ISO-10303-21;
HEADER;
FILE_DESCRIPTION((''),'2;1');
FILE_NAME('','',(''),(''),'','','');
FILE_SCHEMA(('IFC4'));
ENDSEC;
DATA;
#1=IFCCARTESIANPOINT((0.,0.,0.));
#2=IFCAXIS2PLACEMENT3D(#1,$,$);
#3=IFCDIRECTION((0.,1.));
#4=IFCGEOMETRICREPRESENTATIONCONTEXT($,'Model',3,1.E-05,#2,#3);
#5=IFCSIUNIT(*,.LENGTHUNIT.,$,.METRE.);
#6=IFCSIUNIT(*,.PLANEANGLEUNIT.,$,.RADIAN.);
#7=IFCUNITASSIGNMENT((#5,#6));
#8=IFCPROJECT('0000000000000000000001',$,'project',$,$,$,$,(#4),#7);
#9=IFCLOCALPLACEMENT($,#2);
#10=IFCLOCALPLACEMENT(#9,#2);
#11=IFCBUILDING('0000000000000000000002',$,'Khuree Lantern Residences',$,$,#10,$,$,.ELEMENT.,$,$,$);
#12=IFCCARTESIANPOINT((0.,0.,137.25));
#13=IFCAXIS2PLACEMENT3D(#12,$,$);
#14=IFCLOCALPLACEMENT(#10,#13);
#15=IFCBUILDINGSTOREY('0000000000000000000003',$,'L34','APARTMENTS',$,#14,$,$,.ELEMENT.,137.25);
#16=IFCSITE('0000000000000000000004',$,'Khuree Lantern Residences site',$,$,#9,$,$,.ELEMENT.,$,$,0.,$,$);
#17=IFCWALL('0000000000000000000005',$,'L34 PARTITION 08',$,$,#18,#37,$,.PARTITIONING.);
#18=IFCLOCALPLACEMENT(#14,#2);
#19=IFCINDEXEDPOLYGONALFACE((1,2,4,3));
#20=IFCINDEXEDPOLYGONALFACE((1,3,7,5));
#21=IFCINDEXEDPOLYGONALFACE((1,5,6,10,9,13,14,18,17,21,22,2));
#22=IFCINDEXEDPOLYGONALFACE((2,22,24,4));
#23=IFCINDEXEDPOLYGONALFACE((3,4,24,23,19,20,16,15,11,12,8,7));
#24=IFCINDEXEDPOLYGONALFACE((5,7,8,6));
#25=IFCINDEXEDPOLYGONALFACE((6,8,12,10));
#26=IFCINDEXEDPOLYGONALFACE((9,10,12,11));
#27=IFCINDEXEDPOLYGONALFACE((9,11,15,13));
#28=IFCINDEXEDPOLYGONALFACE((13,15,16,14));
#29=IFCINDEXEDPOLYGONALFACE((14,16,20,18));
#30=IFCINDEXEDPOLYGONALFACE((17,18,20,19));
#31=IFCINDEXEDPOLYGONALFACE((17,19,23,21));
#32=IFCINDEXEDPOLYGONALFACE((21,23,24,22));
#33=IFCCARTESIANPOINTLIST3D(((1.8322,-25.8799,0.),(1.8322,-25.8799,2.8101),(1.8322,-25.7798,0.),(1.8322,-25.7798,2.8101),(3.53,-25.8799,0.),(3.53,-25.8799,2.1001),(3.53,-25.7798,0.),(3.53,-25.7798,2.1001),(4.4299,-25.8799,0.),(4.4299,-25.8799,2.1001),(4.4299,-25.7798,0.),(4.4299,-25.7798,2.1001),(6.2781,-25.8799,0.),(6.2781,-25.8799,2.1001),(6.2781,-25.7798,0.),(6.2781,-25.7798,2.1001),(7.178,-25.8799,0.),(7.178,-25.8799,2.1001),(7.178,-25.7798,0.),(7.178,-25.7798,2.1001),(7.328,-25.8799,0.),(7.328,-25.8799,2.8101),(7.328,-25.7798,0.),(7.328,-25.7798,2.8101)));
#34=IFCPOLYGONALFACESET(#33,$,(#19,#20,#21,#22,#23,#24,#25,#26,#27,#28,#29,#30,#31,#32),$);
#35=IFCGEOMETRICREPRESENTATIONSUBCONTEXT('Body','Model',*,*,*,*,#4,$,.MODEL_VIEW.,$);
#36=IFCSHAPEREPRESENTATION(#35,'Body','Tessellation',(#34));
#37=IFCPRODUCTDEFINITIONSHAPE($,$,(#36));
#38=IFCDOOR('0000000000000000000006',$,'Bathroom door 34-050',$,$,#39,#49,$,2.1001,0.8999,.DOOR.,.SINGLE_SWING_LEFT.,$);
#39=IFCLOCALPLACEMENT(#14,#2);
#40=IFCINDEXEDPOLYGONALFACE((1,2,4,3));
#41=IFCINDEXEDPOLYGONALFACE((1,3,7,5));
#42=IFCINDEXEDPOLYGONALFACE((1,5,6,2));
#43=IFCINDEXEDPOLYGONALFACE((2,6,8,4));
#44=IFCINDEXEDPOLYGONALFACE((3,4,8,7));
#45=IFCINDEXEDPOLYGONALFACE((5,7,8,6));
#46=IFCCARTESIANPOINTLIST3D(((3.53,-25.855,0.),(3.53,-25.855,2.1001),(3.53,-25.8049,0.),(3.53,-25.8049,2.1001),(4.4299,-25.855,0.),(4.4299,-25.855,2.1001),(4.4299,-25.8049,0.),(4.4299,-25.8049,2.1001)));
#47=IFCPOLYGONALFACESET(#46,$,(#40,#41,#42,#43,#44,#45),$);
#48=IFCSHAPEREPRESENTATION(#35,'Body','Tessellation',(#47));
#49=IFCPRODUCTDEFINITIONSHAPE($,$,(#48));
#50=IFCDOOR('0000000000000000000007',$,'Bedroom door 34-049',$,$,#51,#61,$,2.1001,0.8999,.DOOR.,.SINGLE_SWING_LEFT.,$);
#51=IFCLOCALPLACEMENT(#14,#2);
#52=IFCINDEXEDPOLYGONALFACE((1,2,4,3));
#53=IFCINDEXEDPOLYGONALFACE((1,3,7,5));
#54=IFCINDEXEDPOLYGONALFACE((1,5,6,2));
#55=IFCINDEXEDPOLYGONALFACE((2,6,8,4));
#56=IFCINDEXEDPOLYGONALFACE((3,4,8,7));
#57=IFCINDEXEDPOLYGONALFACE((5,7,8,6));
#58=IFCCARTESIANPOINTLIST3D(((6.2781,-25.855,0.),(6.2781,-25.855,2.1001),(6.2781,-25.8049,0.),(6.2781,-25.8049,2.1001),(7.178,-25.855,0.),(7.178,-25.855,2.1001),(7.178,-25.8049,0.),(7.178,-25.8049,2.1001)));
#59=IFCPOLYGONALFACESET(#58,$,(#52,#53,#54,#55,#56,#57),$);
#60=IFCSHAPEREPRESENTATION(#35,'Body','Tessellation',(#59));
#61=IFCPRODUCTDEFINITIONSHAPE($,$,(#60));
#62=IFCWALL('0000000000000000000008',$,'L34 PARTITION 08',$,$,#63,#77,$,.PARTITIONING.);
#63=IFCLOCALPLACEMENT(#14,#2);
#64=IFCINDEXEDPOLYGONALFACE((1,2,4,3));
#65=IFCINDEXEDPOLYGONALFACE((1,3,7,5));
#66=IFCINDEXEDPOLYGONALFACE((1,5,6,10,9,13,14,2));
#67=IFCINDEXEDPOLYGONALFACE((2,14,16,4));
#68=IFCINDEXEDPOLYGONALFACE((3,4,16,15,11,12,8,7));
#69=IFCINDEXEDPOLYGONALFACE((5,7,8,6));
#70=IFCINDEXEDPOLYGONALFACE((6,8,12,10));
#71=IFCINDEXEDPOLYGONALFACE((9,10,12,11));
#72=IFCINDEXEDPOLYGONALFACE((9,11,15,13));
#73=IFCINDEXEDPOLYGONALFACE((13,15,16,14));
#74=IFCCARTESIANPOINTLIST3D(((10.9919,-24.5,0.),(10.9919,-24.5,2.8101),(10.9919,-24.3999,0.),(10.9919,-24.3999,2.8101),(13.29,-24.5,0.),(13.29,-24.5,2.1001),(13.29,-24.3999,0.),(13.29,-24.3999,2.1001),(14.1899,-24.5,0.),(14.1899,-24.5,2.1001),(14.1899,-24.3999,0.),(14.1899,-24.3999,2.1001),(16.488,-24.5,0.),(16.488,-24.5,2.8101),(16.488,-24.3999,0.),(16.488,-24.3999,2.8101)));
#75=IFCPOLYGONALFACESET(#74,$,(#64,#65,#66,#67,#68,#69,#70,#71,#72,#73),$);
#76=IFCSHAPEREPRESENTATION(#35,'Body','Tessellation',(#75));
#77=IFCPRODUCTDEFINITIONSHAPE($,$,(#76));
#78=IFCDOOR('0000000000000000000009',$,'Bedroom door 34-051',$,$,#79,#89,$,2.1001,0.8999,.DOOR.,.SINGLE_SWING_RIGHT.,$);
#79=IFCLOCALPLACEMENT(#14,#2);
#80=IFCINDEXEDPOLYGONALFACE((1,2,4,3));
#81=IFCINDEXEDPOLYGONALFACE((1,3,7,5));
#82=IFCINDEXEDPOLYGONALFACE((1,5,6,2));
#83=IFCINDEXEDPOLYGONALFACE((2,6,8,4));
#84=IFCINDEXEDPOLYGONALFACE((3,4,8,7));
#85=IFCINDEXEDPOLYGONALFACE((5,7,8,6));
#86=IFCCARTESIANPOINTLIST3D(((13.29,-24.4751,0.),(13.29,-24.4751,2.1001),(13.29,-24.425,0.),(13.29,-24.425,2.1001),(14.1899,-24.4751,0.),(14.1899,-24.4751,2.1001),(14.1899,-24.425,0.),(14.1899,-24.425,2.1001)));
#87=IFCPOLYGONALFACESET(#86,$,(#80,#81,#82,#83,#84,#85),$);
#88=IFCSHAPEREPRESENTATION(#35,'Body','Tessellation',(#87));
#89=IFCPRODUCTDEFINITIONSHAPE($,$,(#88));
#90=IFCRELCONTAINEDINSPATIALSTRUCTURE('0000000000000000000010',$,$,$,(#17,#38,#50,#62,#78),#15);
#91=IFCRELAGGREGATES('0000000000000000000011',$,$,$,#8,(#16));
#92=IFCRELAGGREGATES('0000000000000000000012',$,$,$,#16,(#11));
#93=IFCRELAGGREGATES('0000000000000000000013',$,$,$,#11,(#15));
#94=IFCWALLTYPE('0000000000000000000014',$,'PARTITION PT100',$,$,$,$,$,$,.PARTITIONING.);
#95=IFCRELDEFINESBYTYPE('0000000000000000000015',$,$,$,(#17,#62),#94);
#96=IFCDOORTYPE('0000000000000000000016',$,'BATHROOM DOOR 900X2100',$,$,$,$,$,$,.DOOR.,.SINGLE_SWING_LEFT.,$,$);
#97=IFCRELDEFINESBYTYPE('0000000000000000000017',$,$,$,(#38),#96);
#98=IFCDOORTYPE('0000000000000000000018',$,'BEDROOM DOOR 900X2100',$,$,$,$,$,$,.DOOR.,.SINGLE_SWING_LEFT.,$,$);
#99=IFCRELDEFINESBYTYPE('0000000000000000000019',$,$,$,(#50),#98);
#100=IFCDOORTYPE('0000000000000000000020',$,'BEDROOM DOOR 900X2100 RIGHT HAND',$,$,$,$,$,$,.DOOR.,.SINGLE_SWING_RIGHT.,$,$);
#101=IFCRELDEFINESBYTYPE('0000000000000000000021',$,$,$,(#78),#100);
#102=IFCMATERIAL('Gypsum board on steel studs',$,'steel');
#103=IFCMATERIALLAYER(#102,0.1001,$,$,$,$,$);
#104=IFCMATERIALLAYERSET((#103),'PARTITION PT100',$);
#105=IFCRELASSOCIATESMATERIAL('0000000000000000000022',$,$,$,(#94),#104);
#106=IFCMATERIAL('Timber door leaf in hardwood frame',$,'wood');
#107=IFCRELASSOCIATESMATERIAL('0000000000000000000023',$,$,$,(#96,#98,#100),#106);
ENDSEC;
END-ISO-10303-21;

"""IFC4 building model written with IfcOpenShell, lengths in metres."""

from ifc_helpers import new_model, si_unit, direction, frame, frame_2d, origin, place, context, subcontext, project, spatial, rectangle, extrude, material, layer, layer_set, type_object, element, fill, save


model = new_model("IFC4")

# Units and contexts
model_context = context("Model", 3, precision=1e-05, world=origin(), true_north=direction((0.0, 1.0)))
body_context = subcontext(model_context, "Body", "Model", "MODEL_VIEW")
ifc_project = project(units=[si_unit("LENGTHUNIT", "METRE"), si_unit("PLANEANGLEUNIT", "RADIAN")], contexts=[model_context])

# Site, building, storey
site_placement = place(None, origin())
site = spatial("IfcSite", under=ifc_project, at=site_placement, Name="Khuree Lantern Residences site", CompositionType="ELEMENT", RefElevation=0.0)
building_placement = place(site_placement, origin())
building = spatial("IfcBuilding", under=site, at=building_placement, Name="Khuree Lantern Residences", CompositionType="ELEMENT")
storey_placement = place(building_placement, frame((0.0, 0.0, 137.25)))
storey = spatial("IfcBuildingStorey", under=building, at=storey_placement, Name="L34", Description="APARTMENTS", CompositionType="ELEMENT", Elevation=137.25)

# Shared definitions
ifc_material_1 = material(Name="Gypsum board on steel studs", Category="steel")
ifc_layer_1 = layer(ifc_material_1, 0.1001)
ifc_layer_set_1 = layer_set([ifc_layer_1], Name="PARTITION PT100")
wall_type_1 = type_object("IfcWallType", Name="PARTITION PT100", PredefinedType="PARTITIONING", material=ifc_layer_set_1)

# Wall, openings, doors
wall_1_placement = place(storey_placement, frame((1.832, -25.8298, 0.0), z_axis=(0.0, 0.0, 1.0), x_axis=(1.0, 0.0, 0.0)))
wall_1 = element("IfcWall", 1, at=wall_1_placement, inside=storey, type_object=wall_type_1, Name="L34 PARTITION 08", PredefinedType="PARTITIONING", context=body_context, shape_type="SweptSolid", body=[
    extrude(rectangle(XDim=5.4958, YDim=0.1001, at=frame_2d((2.748, 0.0))), origin(), (0.0, 0.0, 1.0), 2.8101),
])
opening_1_placement = place(wall_1_placement, frame((4.446, 0.0, 0.0)))
opening_1 = element("IfcOpeningElement", 2, at=opening_1_placement, cuts=wall_1, PredefinedType="OPENING", context=body_context, shape_type="SweptSolid", body=[
    extrude(rectangle(XDim=0.8999, YDim=2.1001, at=frame_2d((0.45, 1.05))), frame((0.0, 0.0601, 0.0), z_axis=(0.0, -1.0, 0.0), x_axis=(1.0, 0.0, 0.0)), (0.0, 0.0, 1.0), 0.1201),
])
opening_2_placement = place(wall_1_placement, frame((1.698, 0.0, 0.0)))
opening_2 = element("IfcOpeningElement", 3, at=opening_2_placement, cuts=wall_1, PredefinedType="OPENING", context=body_context, shape_type="SweptSolid", body=[
    extrude(rectangle(XDim=0.8999, YDim=2.1001, at=frame_2d((0.45, 1.05))), frame((0.0, 0.0601, 0.0), z_axis=(0.0, -1.0, 0.0), x_axis=(1.0, 0.0, 0.0)), (0.0, 0.0, 1.0), 0.1201),
])
ifc_material_2 = material(Name="Timber door leaf in hardwood frame", Category="wood")
door_type_1 = type_object("IfcDoorType", Name="BATHROOM DOOR 900X2100", OperationType="SINGLE_SWING_LEFT", PredefinedType="DOOR", material=ifc_material_2)
door_1_placement = place(opening_2_placement, origin())
door_1 = element("IfcDoor", 4, at=door_1_placement, inside=storey, type_object=door_type_1, Name="Bathroom door 34-050", OperationType="SINGLE_SWING_LEFT", OverallHeight=2.1001, OverallWidth=0.8999, PredefinedType="DOOR", context=body_context, shape_type="SweptSolid", body=[
    extrude(rectangle(XDim=0.8999, YDim=2.1001, at=frame_2d((0.45, 1.05))), frame((0.0, 0.0249, 0.0), z_axis=(0.0, -1.0, 0.0), x_axis=(1.0, 0.0, 0.0)), (0.0, 0.0, 1.0), 0.05),
])
fill(opening_2, door_1)
door_type_2 = type_object("IfcDoorType", Name="BEDROOM DOOR 900X2100", OperationType="SINGLE_SWING_LEFT", PredefinedType="DOOR", material=ifc_material_2)
door_2_placement = place(opening_1_placement, origin())
door_2 = element("IfcDoor", 5, at=door_2_placement, inside=storey, type_object=door_type_2, Name="Bedroom door 34-049", OperationType="SINGLE_SWING_LEFT", OverallHeight=2.1001, OverallWidth=0.8999, PredefinedType="DOOR", context=body_context, shape_type="SweptSolid", body=[
    extrude(rectangle(XDim=0.8999, YDim=2.1001, at=frame_2d((0.45, 1.05))), frame((0.0, 0.0249, 0.0), z_axis=(0.0, -1.0, 0.0), x_axis=(1.0, 0.0, 0.0)), (0.0, 0.0, 1.0), 0.05),
])
fill(opening_1, door_2)

# Wall, opening, door
wall_2_placement = place(storey_placement, frame((10.9919, -24.45, 0.0), z_axis=(0.0, 0.0, 1.0), x_axis=(1.0, 0.0, 0.0)))
wall_2 = element("IfcWall", 6, at=wall_2_placement, inside=storey, type_object=wall_type_1, Name="L34 PARTITION 08", PredefinedType="PARTITIONING", context=body_context, shape_type="SweptSolid", body=[
    extrude(rectangle(XDim=5.4961, YDim=0.1001, at=frame_2d((2.748, 0.0))), origin(), (0.0, 0.0, 1.0), 2.8101),
])
opening_3_placement = place(wall_2_placement, frame((2.2981, 0.0, 0.0)))
opening_3 = element("IfcOpeningElement", 7, at=opening_3_placement, cuts=wall_2, PredefinedType="OPENING", context=body_context, shape_type="SweptSolid", body=[
    extrude(rectangle(XDim=0.8999, YDim=2.1001, at=frame_2d((0.45, 1.05))), frame((0.0, 0.0601, 0.0), z_axis=(0.0, -1.0, 0.0), x_axis=(1.0, 0.0, 0.0)), (0.0, 0.0, 1.0), 0.1201),
])
door_type_3 = type_object("IfcDoorType", Name="BEDROOM DOOR 900X2100 RIGHT HAND", OperationType="SINGLE_SWING_RIGHT", PredefinedType="DOOR", material=ifc_material_2)
door_3_placement = place(opening_3_placement, origin())
door_3 = element("IfcDoor", 8, at=door_3_placement, inside=storey, type_object=door_type_3, Name="Bedroom door 34-051", OperationType="SINGLE_SWING_RIGHT", OverallHeight=2.1001, OverallWidth=0.8999, PredefinedType="DOOR", context=body_context, shape_type="SweptSolid", body=[
    extrude(rectangle(XDim=0.8999, YDim=2.1001, at=frame_2d((0.45, 1.05))), frame((0.0, 0.0249, 0.0), z_axis=(0.0, -1.0, 0.0), x_axis=(1.0, 0.0, 0.0)), (0.0, 0.0, 1.0), 0.05),
])
fill(opening_3, door_3)

save(model, "model.ifc")
